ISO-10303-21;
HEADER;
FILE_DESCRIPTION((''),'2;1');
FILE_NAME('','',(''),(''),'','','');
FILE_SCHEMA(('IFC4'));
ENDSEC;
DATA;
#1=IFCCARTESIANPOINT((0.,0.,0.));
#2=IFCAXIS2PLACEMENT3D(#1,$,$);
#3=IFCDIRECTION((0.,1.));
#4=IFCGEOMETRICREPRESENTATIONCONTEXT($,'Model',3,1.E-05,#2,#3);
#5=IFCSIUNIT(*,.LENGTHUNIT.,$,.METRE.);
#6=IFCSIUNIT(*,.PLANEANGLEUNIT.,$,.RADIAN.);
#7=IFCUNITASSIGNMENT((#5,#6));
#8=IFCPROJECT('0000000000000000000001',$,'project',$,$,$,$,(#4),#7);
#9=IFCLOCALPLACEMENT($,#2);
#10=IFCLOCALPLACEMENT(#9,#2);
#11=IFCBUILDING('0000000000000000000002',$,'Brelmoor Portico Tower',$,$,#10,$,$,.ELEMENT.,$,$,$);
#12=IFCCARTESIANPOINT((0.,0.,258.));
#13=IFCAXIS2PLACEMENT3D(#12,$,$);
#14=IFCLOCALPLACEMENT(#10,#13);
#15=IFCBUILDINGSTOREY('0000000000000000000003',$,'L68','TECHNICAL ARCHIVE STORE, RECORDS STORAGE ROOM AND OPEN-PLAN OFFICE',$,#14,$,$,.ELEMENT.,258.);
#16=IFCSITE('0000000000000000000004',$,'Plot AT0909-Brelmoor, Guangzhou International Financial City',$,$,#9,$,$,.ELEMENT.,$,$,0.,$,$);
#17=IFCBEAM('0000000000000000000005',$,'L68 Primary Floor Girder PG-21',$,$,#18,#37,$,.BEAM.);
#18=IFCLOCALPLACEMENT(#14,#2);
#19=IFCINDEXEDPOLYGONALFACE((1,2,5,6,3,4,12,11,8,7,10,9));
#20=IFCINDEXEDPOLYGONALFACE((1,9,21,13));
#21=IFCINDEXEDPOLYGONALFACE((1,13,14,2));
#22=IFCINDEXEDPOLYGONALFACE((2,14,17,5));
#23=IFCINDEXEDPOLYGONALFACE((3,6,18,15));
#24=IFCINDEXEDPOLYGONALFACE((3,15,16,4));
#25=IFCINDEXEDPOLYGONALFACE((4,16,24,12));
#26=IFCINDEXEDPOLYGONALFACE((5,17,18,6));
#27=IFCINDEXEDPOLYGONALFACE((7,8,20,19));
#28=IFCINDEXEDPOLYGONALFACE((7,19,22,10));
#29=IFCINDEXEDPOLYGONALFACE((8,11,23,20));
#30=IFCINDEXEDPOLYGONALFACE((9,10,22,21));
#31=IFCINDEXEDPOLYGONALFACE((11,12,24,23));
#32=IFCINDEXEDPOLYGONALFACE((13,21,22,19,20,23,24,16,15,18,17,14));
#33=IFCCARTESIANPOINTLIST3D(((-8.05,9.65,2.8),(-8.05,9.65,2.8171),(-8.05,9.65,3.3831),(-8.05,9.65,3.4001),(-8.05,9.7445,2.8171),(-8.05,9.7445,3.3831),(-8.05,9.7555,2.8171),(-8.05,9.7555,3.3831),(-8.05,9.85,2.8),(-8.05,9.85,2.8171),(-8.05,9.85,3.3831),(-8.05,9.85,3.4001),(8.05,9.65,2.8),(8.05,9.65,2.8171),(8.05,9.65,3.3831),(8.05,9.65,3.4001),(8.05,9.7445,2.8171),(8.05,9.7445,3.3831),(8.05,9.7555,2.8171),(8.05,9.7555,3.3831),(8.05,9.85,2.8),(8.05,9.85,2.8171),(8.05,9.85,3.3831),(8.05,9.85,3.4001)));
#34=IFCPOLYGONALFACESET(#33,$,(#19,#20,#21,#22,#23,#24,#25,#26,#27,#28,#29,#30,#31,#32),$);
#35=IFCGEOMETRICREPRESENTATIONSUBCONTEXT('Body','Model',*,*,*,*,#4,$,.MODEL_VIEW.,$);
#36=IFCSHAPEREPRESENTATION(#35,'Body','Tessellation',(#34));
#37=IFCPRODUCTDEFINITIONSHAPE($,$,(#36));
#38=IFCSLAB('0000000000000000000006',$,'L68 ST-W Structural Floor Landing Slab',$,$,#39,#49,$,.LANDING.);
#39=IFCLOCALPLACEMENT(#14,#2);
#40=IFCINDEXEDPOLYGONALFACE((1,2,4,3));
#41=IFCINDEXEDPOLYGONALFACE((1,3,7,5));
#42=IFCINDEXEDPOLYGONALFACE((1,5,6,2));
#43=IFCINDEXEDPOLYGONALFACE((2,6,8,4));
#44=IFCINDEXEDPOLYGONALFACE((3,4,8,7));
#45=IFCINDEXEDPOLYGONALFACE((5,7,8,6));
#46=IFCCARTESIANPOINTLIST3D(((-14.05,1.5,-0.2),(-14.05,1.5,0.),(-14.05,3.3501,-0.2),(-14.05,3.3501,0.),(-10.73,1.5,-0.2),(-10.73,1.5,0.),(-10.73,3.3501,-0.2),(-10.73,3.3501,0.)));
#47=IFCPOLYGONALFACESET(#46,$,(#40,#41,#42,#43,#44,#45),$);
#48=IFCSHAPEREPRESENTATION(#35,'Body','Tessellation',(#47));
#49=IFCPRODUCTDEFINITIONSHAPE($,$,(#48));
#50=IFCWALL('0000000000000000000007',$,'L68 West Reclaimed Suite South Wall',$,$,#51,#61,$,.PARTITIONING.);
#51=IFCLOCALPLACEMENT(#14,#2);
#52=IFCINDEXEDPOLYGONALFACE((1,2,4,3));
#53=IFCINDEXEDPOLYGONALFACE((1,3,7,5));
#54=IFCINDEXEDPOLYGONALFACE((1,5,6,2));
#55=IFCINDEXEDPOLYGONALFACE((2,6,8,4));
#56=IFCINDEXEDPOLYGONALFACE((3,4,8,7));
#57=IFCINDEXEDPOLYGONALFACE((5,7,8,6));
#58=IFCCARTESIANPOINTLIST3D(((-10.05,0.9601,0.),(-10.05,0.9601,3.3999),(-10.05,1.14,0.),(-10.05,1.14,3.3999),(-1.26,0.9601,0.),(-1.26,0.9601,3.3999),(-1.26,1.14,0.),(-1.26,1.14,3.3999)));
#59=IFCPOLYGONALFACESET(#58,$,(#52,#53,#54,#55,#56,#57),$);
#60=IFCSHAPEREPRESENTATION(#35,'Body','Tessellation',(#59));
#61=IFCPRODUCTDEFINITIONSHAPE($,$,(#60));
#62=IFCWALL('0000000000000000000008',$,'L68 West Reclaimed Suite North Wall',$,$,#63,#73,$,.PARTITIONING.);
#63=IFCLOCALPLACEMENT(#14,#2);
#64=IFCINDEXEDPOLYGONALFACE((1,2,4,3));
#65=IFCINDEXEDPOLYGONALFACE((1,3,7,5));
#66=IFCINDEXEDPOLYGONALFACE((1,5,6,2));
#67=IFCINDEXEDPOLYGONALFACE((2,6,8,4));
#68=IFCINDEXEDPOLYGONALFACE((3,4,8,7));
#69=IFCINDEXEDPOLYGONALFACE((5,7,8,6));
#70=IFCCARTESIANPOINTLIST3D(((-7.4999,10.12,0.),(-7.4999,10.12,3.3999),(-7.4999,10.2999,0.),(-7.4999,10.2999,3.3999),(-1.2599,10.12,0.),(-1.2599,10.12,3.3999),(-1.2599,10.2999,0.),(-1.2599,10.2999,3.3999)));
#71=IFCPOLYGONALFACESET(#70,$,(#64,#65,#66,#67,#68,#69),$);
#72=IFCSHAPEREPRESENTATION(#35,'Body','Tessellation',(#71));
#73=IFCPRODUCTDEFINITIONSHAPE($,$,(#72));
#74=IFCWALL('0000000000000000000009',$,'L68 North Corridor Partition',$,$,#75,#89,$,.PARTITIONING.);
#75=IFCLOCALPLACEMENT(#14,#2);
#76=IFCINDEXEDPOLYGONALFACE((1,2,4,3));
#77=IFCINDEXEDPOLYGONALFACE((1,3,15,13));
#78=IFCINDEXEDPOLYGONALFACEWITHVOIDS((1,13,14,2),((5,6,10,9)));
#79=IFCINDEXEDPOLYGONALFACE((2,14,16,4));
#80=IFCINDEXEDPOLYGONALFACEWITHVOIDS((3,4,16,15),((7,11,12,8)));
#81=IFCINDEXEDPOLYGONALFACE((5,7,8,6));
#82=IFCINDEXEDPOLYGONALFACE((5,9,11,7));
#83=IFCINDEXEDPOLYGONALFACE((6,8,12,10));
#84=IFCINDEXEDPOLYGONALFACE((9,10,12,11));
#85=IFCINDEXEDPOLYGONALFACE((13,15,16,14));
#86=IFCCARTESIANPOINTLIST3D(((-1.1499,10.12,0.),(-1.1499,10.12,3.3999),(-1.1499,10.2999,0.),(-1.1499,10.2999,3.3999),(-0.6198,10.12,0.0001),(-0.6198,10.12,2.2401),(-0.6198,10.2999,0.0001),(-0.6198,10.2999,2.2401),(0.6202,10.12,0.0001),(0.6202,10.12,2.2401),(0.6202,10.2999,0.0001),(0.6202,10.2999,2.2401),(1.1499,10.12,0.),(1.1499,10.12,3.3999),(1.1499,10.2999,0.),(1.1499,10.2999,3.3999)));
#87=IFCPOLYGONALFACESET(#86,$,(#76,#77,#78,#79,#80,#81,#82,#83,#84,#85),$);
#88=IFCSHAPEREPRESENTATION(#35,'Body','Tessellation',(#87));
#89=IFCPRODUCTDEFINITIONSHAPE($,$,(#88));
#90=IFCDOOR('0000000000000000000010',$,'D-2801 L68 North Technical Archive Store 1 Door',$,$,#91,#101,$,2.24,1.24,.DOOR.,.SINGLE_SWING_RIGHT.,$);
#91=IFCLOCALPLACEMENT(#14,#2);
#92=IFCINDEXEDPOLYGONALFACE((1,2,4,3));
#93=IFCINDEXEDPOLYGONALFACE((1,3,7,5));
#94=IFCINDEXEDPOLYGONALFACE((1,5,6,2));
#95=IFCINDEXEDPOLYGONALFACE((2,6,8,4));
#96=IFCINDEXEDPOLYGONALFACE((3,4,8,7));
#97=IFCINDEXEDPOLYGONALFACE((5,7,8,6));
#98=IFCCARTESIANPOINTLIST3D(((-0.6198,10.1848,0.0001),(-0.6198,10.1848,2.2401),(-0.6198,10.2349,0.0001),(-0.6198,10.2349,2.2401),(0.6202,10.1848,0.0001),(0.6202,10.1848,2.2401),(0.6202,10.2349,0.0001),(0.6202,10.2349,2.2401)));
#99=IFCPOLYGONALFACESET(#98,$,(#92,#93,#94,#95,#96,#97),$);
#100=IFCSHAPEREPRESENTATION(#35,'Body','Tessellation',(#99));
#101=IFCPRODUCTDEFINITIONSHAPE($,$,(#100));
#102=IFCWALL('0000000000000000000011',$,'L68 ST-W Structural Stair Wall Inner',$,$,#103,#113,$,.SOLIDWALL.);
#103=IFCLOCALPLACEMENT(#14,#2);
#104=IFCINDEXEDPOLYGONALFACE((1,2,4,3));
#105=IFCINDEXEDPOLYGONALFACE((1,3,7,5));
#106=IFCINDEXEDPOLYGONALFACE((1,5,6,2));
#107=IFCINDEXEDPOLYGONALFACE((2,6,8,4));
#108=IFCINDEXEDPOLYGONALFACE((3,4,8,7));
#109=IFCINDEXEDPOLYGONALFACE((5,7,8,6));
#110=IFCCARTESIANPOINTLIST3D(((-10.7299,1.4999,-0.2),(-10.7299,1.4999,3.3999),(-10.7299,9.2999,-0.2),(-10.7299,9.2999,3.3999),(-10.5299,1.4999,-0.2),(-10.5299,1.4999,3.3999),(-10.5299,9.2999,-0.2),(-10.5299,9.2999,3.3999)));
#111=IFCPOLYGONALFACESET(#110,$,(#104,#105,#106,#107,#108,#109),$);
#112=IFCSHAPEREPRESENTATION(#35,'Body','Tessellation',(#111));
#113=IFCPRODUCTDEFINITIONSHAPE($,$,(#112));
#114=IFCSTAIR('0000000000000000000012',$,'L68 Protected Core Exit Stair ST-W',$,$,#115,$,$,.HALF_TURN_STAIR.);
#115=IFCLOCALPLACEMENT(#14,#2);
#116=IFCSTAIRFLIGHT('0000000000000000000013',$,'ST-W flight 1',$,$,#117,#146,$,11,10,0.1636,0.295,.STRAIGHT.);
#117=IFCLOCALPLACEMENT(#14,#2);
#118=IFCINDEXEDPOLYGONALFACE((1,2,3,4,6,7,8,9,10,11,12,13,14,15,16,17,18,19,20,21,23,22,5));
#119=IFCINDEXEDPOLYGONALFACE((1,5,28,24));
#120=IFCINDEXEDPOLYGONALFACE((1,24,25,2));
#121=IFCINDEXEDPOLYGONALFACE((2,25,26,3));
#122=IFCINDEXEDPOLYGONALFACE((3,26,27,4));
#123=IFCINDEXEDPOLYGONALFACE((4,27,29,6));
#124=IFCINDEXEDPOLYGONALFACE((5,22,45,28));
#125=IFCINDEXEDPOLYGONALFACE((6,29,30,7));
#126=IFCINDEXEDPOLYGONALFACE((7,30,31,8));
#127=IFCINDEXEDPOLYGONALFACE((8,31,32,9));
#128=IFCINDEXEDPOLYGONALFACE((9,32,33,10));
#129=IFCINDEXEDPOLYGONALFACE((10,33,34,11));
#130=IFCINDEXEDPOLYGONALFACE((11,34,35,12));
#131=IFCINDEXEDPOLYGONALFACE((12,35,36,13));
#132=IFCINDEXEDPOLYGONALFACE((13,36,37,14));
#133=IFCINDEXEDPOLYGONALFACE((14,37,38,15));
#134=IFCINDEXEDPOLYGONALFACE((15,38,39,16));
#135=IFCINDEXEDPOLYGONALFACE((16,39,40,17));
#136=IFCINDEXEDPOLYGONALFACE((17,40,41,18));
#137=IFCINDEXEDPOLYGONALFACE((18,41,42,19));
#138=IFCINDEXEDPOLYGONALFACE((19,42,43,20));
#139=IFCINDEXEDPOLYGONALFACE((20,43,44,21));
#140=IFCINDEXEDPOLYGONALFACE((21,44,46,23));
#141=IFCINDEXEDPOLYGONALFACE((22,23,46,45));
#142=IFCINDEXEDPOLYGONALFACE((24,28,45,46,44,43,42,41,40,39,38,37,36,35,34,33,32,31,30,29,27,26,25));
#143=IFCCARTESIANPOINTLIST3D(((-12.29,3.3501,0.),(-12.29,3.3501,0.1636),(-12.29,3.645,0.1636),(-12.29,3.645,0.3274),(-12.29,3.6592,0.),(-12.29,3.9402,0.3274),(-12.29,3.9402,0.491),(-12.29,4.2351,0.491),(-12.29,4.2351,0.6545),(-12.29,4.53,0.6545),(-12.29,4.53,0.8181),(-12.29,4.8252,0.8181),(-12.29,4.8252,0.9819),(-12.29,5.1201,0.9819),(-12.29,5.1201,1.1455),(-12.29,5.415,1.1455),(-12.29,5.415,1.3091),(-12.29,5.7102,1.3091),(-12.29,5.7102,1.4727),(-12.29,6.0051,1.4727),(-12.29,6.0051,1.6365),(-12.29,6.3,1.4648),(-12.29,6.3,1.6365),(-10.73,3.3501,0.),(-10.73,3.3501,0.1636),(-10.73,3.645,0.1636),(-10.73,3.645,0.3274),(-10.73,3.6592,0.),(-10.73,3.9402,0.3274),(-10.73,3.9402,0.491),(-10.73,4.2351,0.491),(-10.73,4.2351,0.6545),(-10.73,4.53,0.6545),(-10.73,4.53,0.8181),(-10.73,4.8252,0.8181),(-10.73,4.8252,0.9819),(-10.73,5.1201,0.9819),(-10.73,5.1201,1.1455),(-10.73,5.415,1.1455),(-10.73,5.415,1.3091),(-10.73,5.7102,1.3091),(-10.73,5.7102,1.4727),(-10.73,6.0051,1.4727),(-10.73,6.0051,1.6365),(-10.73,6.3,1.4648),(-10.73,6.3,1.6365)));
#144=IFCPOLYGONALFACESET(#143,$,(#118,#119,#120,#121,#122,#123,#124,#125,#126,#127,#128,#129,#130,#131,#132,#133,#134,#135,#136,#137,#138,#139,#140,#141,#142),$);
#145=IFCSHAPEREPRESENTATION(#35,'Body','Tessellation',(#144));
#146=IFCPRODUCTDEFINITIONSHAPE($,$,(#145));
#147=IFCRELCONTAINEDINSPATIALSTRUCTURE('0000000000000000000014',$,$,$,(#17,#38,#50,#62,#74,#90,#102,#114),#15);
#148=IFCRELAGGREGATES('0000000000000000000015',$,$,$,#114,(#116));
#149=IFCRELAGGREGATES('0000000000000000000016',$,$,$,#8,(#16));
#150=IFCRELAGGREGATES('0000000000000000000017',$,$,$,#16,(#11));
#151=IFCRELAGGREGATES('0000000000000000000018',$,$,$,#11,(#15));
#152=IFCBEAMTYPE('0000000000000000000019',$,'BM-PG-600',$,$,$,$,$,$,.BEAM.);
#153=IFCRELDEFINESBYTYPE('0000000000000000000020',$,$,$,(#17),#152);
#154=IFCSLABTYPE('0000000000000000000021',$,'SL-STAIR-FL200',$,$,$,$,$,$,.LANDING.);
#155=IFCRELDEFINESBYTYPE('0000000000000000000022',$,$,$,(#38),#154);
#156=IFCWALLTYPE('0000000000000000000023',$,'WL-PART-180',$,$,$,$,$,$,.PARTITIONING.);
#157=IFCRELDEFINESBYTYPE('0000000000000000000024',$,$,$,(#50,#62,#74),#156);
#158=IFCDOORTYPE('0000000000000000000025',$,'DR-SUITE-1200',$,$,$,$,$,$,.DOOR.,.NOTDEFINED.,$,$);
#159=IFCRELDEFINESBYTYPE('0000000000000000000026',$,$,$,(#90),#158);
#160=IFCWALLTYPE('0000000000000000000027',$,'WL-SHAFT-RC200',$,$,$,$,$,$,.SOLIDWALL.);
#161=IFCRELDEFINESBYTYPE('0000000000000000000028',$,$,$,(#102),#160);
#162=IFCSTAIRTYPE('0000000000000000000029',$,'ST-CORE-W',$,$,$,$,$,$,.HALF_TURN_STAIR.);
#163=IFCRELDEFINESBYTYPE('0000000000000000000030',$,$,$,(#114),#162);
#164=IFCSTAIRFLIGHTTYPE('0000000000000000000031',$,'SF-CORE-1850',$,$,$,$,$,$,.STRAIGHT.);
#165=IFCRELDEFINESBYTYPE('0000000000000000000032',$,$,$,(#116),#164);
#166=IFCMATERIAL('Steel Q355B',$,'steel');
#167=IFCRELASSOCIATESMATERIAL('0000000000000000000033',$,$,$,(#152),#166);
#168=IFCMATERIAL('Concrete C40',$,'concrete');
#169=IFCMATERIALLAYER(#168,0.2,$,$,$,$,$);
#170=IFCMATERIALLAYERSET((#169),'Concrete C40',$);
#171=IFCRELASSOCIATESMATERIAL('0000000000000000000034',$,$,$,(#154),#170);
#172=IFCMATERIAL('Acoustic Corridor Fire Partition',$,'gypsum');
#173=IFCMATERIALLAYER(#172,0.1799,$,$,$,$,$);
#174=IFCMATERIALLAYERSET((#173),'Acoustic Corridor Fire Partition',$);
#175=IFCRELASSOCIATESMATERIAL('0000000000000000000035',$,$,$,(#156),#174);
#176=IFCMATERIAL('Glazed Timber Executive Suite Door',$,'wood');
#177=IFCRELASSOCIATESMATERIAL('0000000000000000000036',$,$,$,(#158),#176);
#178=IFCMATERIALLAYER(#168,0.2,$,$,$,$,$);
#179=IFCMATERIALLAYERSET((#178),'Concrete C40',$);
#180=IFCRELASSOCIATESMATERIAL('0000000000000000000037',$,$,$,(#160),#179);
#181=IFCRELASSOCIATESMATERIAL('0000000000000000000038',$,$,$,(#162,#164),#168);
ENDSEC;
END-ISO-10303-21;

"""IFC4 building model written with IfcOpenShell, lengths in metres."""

from ifc_helpers import new_model, si_unit, direction, frame, frame_2d, origin, origin_2d, place, context, subcontext, project, spatial, polyline, rectangle, i_section, outline, extrude, material, layer, layer_set, material_profile, profile_set, type_object, element, fill, aggregate, save


model = new_model("IFC4")

# Units and contexts
model_context = context("Model", 3, precision=1e-05, world=origin(), true_north=direction((0.0, 1.0)))
body_context = subcontext(model_context, "Body", "Model", "MODEL_VIEW")
ifc_project = project(units=[si_unit("LENGTHUNIT", "METRE"), si_unit("PLANEANGLEUNIT", "RADIAN")], contexts=[model_context])

# Site, building, storey
site_placement = place(None, origin())
site = spatial("IfcSite", under=ifc_project, at=site_placement, Name="Plot AT0909-Brelmoor, Guangzhou International Financial City", CompositionType="ELEMENT", RefElevation=0.0)
building_placement = place(site_placement, origin())
building = spatial("IfcBuilding", under=site, at=building_placement, Name="Brelmoor Portico Tower", CompositionType="ELEMENT")
storey_placement = place(building_placement, frame((0.0, 0.0, 258.0)))
storey = spatial("IfcBuildingStorey", under=building, at=storey_placement, Name="L68", Description="TECHNICAL ARCHIVE STORE, RECORDS STORAGE ROOM AND OPEN-PLAN OFFICE", CompositionType="ELEMENT", Elevation=258.0)

# Shared definitions
ifc_material_1 = material(Name="Steel Q355B", Category="steel")

# Beam
ifc_material_profile_1 = material_profile(ifc_material_1, i_section(OverallWidth=0.2, OverallDepth=0.6001, WebThickness=0.011, FlangeThickness=0.0171, at=origin_2d()), Name="HN 600x200x11x17")
ifc_profile_set_1 = profile_set([ifc_material_profile_1], Name="Steel Q355B")
beam_type_1 = type_object("IfcBeamType", Name="BM-PG-600", PredefinedType="BEAM", material=ifc_profile_set_1)
for number, where, z_axis, x_axis, name in (
    (1, (-8.05, 9.75, 3.1001), (1.0, 0.0, 0.0), (0.0, 1.0, 0.0), "L68 Primary Floor Girder PG-21"),
):
    element("IfcBeam", number, at=place(storey_placement, frame(where, z_axis=z_axis, x_axis=x_axis)), inside=storey, type_object=beam_type_1, Name=name, PredefinedType="BEAM", context=body_context, shape_type="SweptSolid", body=[
        extrude(i_section(OverallWidth=0.2, OverallDepth=0.6001, WebThickness=0.011, FlangeThickness=0.0171, at=origin_2d()), origin(), (0.0, 0.0, 1.0), 16.1001),
    ])

# Slab
ifc_material_2 = material(Name="Concrete C40", Category="concrete")
ifc_layer_1 = layer(ifc_material_2, 0.2)
ifc_layer_set_1 = layer_set([ifc_layer_1], Name="Concrete C40")
slab_type = type_object("IfcSlabType", Name="SL-STAIR-FL200", PredefinedType="LANDING", material=ifc_layer_set_1)
slab_placement = place(storey_placement, frame((0.0, 0.0, -0.2)))
element("IfcSlab", 2, at=slab_placement, inside=storey, type_object=slab_type, Name="L68 ST-W Structural Floor Landing Slab", PredefinedType="LANDING", context=body_context, shape_type="SweptSolid", body=[
    extrude(outline(polyline([(-10.73, 1.5), (-10.73, 3.3501), (-14.05, 3.3501), (-14.05, 1.5), (-10.73, 1.5)])), origin(), (0.0, 0.0, 1.0), 0.2),
])

# Walls
ifc_material_3 = material(Name="Acoustic Corridor Fire Partition", Category="gypsum")
ifc_layer_2 = layer(ifc_material_3, 0.1799)
ifc_layer_set_2 = layer_set([ifc_layer_2], Name="Acoustic Corridor Fire Partition")
wall_type_1 = type_object("IfcWallType", Name="WL-PART-180", PredefinedType="PARTITIONING", material=ifc_layer_set_2)
wall_1_placement = place(storey_placement, frame((-10.05, 1.05, 0.0), z_axis=(0.0, 0.0, 1.0), x_axis=(1.0, 0.0, 0.0)))
element("IfcWall", 3, at=wall_1_placement, inside=storey, type_object=wall_type_1, Name="L68 West Reclaimed Suite South Wall", PredefinedType="PARTITIONING", context=body_context, shape_type="SweptSolid", body=[
    extrude(rectangle(XDim=8.79, YDim=0.1799, at=frame_2d((4.395, 0.0))), origin(), (0.0, 0.0, 1.0), 3.3999),
])
wall_2_placement = place(storey_placement, frame((-7.5, 10.21, 0.0), z_axis=(0.0, 0.0, 1.0), x_axis=(1.0, 0.0, 0.0)))
element("IfcWall", 4, at=wall_2_placement, inside=storey, type_object=wall_type_1, Name="L68 West Reclaimed Suite North Wall", PredefinedType="PARTITIONING", context=body_context, shape_type="SweptSolid", body=[
    extrude(rectangle(XDim=6.24, YDim=0.1799, at=frame_2d((3.1201, 0.0))), origin(), (0.0, 0.0, 1.0), 3.3999),
])

# Wall, opening, door
wall_3_placement = place(storey_placement, frame((-1.1499, 10.21, 0.0), z_axis=(0.0, 0.0, 1.0), x_axis=(1.0, 0.0, 0.0)))
wall_3 = element("IfcWall", 5, at=wall_3_placement, inside=storey, type_object=wall_type_1, Name="L68 North Corridor Partition", PredefinedType="PARTITIONING", context=body_context, shape_type="SweptSolid", body=[
    extrude(rectangle(XDim=2.2998, YDim=0.1799, at=frame_2d((1.1499, 0.0))), origin(), (0.0, 0.0, 1.0), 3.3999),
])
opening_placement = place(wall_3_placement, frame((0.53, 0.0, 0.0)))
opening = element("IfcOpeningElement", 6, at=opening_placement, cuts=wall_3, PredefinedType="OPENING", context=body_context, shape_type="SweptSolid", body=[
    extrude(rectangle(XDim=1.24, YDim=2.24, at=frame_2d((0.6201, 1.1201))), frame((0.0, 0.0999, 0.0), z_axis=(0.0, -1.0, 0.0), x_axis=(1.0, 0.0, 0.0)), (0.0, 0.0, 1.0), 0.2),
])
ifc_material_4 = material(Name="Glazed Timber Executive Suite Door", Category="wood")
door_type = type_object("IfcDoorType", Name="DR-SUITE-1200", OperationType="NOTDEFINED", PredefinedType="DOOR", material=ifc_material_4)
door_placement = place(opening_placement, origin())
door = element("IfcDoor", 7, at=door_placement, inside=storey, type_object=door_type, Name="D-2801 L68 North Technical Archive Store 1 Door", OperationType="SINGLE_SWING_RIGHT", OverallHeight=2.24, OverallWidth=1.24, PredefinedType="DOOR", context=body_context, shape_type="SweptSolid", body=[
    extrude(rectangle(XDim=1.24, YDim=2.24, at=frame_2d((0.6201, 1.1201))), frame((0.0, 0.0249, 0.0), z_axis=(0.0, -1.0, 0.0), x_axis=(1.0, 0.0, 0.0)), (0.0, 0.0, 1.0), 0.05),
])
fill(opening, door)

# Wall
ifc_layer_3 = layer(ifc_material_2, 0.2)
ifc_layer_set_3 = layer_set([ifc_layer_3], Name="Concrete C40")
wall_type_2 = type_object("IfcWallType", Name="WL-SHAFT-RC200", PredefinedType="SOLIDWALL", material=ifc_layer_set_3)
wall_4_placement = place(storey_placement, frame((-10.6299, 1.5, -0.2), z_axis=(0.0, 0.0, 1.0), x_axis=(0.0, 1.0, 0.0)))
element("IfcWall", 8, at=wall_4_placement, inside=storey, type_object=wall_type_2, Name="L68 ST-W Structural Stair Wall Inner", PredefinedType="SOLIDWALL", context=body_context, shape_type="SweptSolid", body=[
    extrude(rectangle(XDim=7.8, YDim=0.2, at=frame_2d((3.8999, 0.0))), origin(), (0.0, 0.0, 1.0), 3.5999),
])

# Stair, stair flight
stair_type = type_object("IfcStairType", Name="ST-CORE-W", PredefinedType="HALF_TURN_STAIR", material=ifc_material_2)
stair_placement = place(storey_placement, origin())
stair = element("IfcStair", 9, at=stair_placement, inside=storey, type_object=stair_type, Name="L68 Protected Core Exit Stair ST-W", PredefinedType="HALF_TURN_STAIR")
stair_flight_type = type_object("IfcStairFlightType", Name="SF-CORE-1850", PredefinedType="STRAIGHT", material=ifc_material_2)
stair_flight_placement = place(storey_placement, frame((-11.51, 3.3501, 0.0), z_axis=(0.0, 0.0, 1.0), x_axis=(0.0, 1.0, 0.0)))
stair_flight = element("IfcStairFlight", 10, at=stair_flight_placement, type_object=stair_flight_type, Name="ST-W flight 1", NumberOfRisers=11, NumberOfTreads=10, PredefinedType="STRAIGHT", RiserHeight=0.1636, TreadLength=0.295, context=body_context, shape_type="SweptSolid", body=[
    extrude(outline(polyline([(0.0, 0.0), (0.0, 0.1636), (0.2949, 0.1636), (0.2949, 0.3274), (0.5901, 0.3274), (0.5901, 0.491), (0.885, 0.491), (0.885, 0.6545), (1.1799, 0.6545), (1.1799, 0.8181), (1.4751, 0.8181), (1.4751, 0.9819), (1.77, 0.9819), (1.77, 1.1455), (2.0649, 1.1455), (2.0649, 1.3091), (2.3601, 1.3091), (2.3601, 1.4727), (2.655, 1.4727), (2.655, 1.6365), (2.95, 1.6365), (2.95, 1.8), (2.95, 1.4648), (0.3091, 0.0), (0.0, 0.0)])), frame((0.0, 0.78, 0.0), z_axis=(0.0, -1.0, 0.0), x_axis=(1.0, 0.0, 0.0)), (0.0, 0.0, 1.0), 1.5601),
])
aggregate(stair, [stair_flight])

save(model, "model.ifc")
